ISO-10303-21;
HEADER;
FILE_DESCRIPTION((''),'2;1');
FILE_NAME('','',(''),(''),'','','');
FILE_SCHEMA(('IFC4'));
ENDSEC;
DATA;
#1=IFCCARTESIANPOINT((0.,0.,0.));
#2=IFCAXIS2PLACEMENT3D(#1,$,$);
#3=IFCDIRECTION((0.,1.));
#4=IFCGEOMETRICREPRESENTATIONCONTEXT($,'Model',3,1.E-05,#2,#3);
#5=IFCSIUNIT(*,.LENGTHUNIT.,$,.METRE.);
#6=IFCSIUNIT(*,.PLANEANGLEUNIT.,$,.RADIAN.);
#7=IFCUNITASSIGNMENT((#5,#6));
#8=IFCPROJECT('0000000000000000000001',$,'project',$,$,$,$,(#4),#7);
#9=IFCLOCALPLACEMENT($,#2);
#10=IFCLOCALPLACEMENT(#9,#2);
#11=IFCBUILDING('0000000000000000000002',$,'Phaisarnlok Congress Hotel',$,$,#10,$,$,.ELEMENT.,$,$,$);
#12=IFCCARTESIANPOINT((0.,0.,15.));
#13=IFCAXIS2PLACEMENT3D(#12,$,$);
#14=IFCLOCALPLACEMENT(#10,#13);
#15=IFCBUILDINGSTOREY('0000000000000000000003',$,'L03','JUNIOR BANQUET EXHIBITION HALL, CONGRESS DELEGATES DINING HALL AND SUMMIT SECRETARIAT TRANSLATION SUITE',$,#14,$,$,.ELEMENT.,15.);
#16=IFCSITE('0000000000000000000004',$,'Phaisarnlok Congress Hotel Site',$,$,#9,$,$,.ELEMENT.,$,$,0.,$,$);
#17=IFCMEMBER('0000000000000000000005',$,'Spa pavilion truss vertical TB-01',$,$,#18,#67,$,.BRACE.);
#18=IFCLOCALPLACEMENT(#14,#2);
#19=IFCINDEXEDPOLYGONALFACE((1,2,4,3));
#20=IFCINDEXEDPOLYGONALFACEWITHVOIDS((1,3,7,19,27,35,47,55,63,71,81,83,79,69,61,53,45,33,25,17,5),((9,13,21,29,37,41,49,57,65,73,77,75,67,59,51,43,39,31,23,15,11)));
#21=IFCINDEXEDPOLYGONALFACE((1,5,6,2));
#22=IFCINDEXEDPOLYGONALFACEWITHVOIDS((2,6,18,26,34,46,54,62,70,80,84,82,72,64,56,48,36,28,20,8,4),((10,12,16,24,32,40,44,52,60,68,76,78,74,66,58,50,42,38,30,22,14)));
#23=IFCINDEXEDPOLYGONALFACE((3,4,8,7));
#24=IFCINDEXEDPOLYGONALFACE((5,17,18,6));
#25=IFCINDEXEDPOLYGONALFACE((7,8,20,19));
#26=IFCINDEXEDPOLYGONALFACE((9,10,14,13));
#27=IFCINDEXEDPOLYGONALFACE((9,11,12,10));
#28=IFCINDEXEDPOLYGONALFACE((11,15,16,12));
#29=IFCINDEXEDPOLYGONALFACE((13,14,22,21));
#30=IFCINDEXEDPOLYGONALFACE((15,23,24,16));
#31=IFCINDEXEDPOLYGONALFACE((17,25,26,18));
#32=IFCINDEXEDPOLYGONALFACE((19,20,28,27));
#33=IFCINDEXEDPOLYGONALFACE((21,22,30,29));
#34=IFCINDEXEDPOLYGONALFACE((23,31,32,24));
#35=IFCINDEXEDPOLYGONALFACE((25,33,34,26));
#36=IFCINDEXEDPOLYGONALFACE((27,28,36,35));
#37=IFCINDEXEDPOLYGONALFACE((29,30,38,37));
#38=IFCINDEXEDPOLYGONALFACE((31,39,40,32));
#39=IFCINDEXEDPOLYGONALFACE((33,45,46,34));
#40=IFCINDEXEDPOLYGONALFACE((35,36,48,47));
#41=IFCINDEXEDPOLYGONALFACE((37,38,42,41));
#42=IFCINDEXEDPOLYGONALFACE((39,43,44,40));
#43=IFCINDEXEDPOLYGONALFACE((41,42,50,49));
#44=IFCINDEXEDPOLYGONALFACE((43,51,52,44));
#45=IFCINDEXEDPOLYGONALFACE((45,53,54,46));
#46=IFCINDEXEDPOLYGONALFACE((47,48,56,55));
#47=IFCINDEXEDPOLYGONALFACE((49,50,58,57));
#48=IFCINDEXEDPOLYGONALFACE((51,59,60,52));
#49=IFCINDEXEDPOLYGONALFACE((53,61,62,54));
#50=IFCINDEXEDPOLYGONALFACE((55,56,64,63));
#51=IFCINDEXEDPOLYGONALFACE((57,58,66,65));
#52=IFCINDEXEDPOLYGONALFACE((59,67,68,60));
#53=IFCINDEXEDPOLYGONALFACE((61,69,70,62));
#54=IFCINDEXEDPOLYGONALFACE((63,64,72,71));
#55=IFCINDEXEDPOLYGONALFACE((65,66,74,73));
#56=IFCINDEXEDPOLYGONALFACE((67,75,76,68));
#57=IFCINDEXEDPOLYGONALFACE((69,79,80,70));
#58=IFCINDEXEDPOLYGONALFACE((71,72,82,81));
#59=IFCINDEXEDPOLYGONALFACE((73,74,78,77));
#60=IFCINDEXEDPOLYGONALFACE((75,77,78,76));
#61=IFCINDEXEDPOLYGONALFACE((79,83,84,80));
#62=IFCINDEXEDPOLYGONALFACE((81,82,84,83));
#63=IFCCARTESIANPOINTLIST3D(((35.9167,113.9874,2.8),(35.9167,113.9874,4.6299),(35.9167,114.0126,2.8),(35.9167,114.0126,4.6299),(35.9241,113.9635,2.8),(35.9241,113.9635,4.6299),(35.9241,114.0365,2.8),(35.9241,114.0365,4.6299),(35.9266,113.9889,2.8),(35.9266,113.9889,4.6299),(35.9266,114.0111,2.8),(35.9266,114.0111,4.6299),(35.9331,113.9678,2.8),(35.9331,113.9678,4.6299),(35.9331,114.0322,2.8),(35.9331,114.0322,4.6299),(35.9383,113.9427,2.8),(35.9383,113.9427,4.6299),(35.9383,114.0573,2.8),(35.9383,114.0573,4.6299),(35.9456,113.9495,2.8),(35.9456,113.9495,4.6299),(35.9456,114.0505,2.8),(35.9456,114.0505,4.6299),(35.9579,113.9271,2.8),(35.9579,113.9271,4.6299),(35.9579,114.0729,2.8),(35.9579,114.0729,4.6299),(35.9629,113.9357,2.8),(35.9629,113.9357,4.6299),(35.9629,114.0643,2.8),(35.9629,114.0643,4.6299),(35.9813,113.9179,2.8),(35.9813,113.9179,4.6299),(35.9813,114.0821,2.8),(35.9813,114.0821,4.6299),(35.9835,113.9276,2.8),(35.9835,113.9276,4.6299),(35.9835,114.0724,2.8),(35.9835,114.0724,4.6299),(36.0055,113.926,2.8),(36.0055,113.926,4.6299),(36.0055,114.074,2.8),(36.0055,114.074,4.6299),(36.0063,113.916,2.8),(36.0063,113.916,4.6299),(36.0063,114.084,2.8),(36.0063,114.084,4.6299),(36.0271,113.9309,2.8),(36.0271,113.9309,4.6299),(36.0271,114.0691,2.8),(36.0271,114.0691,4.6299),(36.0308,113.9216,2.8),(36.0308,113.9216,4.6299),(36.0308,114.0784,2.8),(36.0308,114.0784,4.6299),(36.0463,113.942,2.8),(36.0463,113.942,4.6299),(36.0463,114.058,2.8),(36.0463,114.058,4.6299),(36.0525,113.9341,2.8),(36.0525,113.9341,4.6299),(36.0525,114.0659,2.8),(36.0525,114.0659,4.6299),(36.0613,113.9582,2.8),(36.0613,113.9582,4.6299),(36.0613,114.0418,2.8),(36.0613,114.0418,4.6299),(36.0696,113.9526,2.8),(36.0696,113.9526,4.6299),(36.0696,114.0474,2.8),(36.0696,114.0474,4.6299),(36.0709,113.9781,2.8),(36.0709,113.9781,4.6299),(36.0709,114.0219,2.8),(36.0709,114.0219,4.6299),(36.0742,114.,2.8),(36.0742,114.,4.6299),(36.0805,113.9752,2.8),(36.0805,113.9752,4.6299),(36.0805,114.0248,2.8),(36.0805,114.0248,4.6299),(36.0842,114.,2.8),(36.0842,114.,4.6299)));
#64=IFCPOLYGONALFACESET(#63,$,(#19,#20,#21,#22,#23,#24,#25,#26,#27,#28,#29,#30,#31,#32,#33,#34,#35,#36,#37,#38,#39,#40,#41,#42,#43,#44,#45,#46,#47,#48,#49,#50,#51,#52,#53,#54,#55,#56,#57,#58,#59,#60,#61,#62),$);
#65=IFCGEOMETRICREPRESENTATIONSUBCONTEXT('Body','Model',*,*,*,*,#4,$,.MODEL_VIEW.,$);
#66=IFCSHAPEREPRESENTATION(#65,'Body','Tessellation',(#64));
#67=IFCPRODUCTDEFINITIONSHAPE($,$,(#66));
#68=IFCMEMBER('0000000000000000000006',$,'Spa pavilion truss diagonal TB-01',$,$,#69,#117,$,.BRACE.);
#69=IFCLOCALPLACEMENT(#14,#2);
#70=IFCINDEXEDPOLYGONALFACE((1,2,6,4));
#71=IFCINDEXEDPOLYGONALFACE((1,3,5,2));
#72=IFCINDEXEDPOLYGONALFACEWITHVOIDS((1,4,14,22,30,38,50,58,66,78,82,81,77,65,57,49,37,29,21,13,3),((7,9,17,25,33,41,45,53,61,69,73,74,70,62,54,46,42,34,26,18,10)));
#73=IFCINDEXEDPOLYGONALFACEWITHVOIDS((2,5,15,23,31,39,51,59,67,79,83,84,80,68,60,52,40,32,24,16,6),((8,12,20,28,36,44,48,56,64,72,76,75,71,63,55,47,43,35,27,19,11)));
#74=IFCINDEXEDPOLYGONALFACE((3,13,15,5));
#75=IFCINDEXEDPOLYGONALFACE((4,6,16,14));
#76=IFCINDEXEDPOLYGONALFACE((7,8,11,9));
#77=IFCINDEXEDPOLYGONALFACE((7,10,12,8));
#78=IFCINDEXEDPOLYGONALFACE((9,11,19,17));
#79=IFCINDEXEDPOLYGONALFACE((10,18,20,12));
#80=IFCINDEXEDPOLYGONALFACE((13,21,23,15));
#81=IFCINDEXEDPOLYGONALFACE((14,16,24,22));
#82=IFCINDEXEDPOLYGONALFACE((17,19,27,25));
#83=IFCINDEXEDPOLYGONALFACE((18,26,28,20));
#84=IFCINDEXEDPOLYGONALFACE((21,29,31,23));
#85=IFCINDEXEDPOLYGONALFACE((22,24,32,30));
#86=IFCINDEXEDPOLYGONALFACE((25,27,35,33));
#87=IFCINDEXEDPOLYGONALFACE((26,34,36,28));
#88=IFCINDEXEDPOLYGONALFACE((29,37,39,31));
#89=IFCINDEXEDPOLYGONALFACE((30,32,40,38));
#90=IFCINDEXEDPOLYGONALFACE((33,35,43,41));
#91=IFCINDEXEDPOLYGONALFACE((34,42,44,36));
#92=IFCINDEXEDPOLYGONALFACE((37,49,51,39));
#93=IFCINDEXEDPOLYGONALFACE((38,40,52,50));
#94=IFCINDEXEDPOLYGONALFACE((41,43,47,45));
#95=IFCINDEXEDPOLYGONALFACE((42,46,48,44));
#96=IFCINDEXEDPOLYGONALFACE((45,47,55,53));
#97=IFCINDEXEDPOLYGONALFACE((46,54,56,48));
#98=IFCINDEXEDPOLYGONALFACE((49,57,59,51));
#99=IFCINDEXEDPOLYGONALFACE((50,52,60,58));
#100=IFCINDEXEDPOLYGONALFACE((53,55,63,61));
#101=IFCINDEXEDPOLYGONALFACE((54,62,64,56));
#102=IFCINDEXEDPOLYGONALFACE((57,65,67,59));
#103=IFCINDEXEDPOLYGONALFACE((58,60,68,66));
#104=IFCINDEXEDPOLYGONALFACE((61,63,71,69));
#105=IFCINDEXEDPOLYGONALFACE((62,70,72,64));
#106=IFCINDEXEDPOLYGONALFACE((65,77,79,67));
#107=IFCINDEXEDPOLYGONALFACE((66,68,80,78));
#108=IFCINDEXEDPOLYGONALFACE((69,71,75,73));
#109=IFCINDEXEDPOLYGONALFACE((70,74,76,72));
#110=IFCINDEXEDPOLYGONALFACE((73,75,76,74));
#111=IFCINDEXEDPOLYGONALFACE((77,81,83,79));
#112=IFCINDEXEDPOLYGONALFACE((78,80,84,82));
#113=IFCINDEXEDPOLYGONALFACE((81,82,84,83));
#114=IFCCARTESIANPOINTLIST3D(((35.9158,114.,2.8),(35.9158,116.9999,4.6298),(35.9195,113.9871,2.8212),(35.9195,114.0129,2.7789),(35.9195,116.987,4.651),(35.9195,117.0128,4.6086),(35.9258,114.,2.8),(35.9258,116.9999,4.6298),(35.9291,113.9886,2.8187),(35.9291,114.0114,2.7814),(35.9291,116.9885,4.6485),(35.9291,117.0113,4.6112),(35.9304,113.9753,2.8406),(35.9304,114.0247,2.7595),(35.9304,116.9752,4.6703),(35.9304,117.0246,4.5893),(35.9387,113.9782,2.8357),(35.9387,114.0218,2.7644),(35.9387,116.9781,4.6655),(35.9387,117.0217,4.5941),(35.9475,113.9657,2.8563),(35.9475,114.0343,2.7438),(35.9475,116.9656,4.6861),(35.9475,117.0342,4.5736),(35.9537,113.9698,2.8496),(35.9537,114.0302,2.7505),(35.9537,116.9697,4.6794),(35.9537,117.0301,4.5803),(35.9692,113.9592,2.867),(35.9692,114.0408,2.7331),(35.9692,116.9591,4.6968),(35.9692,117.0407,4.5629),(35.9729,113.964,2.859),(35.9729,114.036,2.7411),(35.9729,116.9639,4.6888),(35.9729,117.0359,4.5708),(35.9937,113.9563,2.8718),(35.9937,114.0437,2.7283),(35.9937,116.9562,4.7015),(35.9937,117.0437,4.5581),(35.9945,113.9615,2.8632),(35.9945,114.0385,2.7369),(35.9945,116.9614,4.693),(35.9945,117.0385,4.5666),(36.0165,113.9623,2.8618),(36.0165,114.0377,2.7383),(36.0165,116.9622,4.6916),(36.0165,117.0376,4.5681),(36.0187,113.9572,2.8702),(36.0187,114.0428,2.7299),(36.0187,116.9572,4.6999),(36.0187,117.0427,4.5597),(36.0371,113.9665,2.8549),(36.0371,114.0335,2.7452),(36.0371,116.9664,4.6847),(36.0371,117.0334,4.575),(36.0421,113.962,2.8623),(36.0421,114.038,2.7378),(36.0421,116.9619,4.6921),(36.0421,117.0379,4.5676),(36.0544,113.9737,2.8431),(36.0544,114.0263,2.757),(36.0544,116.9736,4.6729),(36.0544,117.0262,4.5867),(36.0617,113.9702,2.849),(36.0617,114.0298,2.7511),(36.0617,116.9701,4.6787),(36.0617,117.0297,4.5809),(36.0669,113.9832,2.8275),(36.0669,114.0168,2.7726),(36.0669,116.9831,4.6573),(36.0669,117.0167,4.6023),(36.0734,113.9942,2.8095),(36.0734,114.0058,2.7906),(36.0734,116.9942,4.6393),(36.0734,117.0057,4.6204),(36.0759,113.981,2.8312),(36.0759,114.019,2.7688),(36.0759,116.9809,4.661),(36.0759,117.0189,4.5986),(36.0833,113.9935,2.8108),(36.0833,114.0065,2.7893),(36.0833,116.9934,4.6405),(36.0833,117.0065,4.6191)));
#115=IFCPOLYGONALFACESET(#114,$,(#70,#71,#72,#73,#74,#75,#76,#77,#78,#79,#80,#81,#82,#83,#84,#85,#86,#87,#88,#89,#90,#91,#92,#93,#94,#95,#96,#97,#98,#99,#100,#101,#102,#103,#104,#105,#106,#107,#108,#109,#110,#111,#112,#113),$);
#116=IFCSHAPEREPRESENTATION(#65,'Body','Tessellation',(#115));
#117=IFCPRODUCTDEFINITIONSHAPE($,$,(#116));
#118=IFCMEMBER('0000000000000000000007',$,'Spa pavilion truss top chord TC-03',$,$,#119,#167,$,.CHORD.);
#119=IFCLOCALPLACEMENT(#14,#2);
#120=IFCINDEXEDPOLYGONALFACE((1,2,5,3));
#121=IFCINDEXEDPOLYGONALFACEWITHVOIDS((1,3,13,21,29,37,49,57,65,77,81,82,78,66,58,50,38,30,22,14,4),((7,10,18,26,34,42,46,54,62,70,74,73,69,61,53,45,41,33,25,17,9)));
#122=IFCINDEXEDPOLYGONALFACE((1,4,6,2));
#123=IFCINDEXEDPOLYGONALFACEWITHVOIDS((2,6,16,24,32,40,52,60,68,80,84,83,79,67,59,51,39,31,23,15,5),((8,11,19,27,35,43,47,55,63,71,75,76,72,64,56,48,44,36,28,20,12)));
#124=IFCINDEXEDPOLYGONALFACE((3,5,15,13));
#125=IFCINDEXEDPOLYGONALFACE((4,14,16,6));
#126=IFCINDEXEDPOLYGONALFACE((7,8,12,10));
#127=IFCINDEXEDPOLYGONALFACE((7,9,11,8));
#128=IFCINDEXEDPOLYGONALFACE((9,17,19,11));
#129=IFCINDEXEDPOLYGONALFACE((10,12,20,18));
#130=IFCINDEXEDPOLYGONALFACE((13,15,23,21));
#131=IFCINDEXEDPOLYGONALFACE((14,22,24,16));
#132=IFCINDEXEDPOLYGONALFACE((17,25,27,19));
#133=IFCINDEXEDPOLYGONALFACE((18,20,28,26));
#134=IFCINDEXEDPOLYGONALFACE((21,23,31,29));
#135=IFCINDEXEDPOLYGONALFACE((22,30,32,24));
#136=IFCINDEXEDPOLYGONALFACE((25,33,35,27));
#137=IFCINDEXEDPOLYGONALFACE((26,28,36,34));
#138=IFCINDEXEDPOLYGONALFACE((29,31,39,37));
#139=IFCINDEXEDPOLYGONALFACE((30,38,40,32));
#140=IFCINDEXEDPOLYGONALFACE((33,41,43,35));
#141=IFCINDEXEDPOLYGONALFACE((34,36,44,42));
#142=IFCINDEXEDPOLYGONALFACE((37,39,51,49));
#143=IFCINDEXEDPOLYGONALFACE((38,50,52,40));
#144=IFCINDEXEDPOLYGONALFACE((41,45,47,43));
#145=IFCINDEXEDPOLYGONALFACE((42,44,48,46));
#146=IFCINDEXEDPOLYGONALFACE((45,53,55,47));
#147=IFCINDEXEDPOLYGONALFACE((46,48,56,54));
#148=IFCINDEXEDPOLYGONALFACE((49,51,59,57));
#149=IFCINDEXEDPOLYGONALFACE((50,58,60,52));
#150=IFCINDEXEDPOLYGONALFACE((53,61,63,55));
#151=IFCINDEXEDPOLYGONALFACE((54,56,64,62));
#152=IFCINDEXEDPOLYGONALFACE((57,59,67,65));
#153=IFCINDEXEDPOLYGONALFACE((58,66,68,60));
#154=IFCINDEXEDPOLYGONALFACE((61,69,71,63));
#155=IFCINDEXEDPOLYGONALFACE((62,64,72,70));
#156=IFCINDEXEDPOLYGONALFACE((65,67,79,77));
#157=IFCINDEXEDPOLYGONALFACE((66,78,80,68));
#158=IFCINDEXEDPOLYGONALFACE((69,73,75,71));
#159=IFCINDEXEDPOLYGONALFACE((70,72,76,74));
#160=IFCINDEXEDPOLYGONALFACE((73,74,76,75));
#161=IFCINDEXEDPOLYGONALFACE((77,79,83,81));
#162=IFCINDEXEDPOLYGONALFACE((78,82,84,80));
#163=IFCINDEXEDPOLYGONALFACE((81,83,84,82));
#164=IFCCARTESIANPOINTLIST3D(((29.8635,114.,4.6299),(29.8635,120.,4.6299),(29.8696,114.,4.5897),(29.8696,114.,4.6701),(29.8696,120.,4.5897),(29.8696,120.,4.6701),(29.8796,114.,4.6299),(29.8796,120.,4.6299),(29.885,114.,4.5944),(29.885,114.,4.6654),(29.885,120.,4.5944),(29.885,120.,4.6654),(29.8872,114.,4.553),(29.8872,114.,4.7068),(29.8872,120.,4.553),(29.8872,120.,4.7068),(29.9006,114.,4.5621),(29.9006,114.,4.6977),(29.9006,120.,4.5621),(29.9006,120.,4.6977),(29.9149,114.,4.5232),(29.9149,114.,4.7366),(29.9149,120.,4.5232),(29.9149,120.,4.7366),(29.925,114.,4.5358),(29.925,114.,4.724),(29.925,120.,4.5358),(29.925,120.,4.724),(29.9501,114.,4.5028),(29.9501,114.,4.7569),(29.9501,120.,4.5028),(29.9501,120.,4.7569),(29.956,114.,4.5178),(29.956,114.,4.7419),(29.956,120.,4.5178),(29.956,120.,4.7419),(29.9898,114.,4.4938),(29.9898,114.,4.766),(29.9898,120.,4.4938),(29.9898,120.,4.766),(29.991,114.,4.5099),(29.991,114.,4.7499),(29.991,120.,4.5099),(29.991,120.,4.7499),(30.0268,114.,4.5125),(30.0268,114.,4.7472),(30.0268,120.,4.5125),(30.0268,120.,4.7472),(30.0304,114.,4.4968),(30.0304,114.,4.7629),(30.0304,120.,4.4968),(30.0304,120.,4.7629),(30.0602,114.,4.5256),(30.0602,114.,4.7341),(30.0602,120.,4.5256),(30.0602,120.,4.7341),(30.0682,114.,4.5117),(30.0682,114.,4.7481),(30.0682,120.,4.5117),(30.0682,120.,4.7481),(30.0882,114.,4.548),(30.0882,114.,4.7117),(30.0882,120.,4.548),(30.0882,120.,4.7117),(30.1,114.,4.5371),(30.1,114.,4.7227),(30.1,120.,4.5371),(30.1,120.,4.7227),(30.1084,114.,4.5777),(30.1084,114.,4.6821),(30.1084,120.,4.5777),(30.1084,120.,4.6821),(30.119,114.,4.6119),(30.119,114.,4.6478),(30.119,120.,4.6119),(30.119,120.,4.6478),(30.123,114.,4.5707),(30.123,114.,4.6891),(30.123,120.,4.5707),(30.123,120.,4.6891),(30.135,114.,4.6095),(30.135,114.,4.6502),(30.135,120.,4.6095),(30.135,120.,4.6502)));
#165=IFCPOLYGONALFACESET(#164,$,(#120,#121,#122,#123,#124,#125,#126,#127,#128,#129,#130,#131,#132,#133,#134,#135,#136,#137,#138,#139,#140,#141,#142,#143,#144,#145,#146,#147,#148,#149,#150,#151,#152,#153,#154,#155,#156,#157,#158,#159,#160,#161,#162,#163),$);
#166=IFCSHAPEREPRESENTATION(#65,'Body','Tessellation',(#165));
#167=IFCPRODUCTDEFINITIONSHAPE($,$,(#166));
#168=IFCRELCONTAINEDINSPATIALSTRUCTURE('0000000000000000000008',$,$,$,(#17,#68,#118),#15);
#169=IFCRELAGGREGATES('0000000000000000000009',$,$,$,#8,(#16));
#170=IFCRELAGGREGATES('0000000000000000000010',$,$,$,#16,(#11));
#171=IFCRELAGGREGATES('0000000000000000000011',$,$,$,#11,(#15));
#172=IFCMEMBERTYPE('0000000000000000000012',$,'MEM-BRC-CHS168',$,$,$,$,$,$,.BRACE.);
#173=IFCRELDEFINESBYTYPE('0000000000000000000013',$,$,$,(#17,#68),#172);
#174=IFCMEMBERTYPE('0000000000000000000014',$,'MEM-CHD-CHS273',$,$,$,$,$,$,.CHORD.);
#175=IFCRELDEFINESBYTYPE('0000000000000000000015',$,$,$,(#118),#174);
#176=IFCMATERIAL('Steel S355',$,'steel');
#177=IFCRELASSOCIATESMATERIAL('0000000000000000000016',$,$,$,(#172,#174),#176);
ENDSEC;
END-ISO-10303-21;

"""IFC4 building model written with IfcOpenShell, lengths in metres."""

from ifc_helpers import new_model, si_unit, direction, frame, origin, origin_2d, place, context, subcontext, project, spatial, hollow_circle, extrude, material, material_profile, profile_set, type_object, element, save


model = new_model("IFC4")

# Units and contexts
model_context = context("Model", 3, precision=1e-05, world=origin(), true_north=direction((0.0, 1.0)))
body_context = subcontext(model_context, "Body", "Model", "MODEL_VIEW")
ifc_project = project(units=[si_unit("LENGTHUNIT", "METRE"), si_unit("PLANEANGLEUNIT", "RADIAN")], contexts=[model_context])

# Site, building, storey
site_placement = place(None, origin())
site = spatial("IfcSite", under=ifc_project, at=site_placement, Name="Phaisarnlok Congress Hotel Site", CompositionType="ELEMENT", RefElevation=0.0)
building_placement = place(site_placement, origin())
building = spatial("IfcBuilding", under=site, at=building_placement, Name="Phaisarnlok Congress Hotel", CompositionType="ELEMENT")
storey_placement = place(building_placement, frame((0.0, 0.0, 15.0)))
storey = spatial("IfcBuildingStorey", under=building, at=storey_placement, Name="L03", Description="JUNIOR BANQUET EXHIBITION HALL, CONGRESS DELEGATES DINING HALL AND SUMMIT SECRETARIAT TRANSLATION SUITE", CompositionType="ELEMENT", Elevation=15.0)

# Members
ifc_material_1 = material(Name="Steel S355", Category="steel")
ifc_material_profile_1 = material_profile(ifc_material_1, hollow_circle(Radius=0.0842, WallThickness=0.01, at=origin_2d()), Name="CHS 168.3x10")
ifc_profile_set_1 = profile_set([ifc_material_profile_1], Name="Steel S355")
member_type_1 = type_object("IfcMemberType", Name="MEM-BRC-CHS168", PredefinedType="BRACE", material=ifc_profile_set_1)
member_1_placement = place(storey_placement, frame((36.0, 114.0, 2.8), z_axis=(0.0, 0.0, 1.0), x_axis=(1.0, 0.0, 0.0)))
element("IfcMember", 1, at=member_1_placement, inside=storey, type_object=member_type_1, Name="Spa pavilion truss vertical TB-01", PredefinedType="BRACE", context=body_context, shape_type="SweptSolid", body=[
    extrude(hollow_circle(Radius=0.0842, WallThickness=0.01, at=origin_2d()), origin(), (0.0, 0.0, 1.0), 1.8298),
])
member_2_placement = place(storey_placement, frame((36.0, 114.0, 2.8), z_axis=(0.0, 0.853725, 0.520725), x_axis=(-1.0, 0.0, 0.0)))
element("IfcMember", 2, at=member_2_placement, inside=storey, type_object=member_type_1, Name="Spa pavilion truss diagonal TB-01", PredefinedType="BRACE", context=body_context, shape_type="SweptSolid", body=[
    extrude(hollow_circle(Radius=0.0842, WallThickness=0.01, at=origin_2d()), origin(), (0.0, 0.0, 1.0), 3.5139),
])
ifc_material_profile_2 = material_profile(ifc_material_1, hollow_circle(Radius=0.1365, WallThickness=0.0161, at=origin_2d()), Name="CHS 273x16")
ifc_profile_set_2 = profile_set([ifc_material_profile_2], Name="Steel S355")
member_type_2 = type_object("IfcMemberType", Name="MEM-CHD-CHS273", PredefinedType="CHORD", material=ifc_profile_set_2)
for number, where, z_axis, x_axis, name in (
    (3, (30.0, 114.0, 4.6299), (0.0, 1.0, 0.0), (-1.0, 0.0, 0.0), "Spa pavilion truss top chord TC-03"),
):
    element("IfcMember", number, at=place(storey_placement, frame(where, z_axis=z_axis, x_axis=x_axis)), inside=storey, type_object=member_type_2, Name=name, PredefinedType="CHORD", context=body_context, shape_type="SweptSolid", body=[
        extrude(hollow_circle(Radius=0.1365, WallThickness=0.0161, at=origin_2d()), origin(), (0.0, 0.0, 1.0), 6.0),
    ])

save(model, "model.ifc")
